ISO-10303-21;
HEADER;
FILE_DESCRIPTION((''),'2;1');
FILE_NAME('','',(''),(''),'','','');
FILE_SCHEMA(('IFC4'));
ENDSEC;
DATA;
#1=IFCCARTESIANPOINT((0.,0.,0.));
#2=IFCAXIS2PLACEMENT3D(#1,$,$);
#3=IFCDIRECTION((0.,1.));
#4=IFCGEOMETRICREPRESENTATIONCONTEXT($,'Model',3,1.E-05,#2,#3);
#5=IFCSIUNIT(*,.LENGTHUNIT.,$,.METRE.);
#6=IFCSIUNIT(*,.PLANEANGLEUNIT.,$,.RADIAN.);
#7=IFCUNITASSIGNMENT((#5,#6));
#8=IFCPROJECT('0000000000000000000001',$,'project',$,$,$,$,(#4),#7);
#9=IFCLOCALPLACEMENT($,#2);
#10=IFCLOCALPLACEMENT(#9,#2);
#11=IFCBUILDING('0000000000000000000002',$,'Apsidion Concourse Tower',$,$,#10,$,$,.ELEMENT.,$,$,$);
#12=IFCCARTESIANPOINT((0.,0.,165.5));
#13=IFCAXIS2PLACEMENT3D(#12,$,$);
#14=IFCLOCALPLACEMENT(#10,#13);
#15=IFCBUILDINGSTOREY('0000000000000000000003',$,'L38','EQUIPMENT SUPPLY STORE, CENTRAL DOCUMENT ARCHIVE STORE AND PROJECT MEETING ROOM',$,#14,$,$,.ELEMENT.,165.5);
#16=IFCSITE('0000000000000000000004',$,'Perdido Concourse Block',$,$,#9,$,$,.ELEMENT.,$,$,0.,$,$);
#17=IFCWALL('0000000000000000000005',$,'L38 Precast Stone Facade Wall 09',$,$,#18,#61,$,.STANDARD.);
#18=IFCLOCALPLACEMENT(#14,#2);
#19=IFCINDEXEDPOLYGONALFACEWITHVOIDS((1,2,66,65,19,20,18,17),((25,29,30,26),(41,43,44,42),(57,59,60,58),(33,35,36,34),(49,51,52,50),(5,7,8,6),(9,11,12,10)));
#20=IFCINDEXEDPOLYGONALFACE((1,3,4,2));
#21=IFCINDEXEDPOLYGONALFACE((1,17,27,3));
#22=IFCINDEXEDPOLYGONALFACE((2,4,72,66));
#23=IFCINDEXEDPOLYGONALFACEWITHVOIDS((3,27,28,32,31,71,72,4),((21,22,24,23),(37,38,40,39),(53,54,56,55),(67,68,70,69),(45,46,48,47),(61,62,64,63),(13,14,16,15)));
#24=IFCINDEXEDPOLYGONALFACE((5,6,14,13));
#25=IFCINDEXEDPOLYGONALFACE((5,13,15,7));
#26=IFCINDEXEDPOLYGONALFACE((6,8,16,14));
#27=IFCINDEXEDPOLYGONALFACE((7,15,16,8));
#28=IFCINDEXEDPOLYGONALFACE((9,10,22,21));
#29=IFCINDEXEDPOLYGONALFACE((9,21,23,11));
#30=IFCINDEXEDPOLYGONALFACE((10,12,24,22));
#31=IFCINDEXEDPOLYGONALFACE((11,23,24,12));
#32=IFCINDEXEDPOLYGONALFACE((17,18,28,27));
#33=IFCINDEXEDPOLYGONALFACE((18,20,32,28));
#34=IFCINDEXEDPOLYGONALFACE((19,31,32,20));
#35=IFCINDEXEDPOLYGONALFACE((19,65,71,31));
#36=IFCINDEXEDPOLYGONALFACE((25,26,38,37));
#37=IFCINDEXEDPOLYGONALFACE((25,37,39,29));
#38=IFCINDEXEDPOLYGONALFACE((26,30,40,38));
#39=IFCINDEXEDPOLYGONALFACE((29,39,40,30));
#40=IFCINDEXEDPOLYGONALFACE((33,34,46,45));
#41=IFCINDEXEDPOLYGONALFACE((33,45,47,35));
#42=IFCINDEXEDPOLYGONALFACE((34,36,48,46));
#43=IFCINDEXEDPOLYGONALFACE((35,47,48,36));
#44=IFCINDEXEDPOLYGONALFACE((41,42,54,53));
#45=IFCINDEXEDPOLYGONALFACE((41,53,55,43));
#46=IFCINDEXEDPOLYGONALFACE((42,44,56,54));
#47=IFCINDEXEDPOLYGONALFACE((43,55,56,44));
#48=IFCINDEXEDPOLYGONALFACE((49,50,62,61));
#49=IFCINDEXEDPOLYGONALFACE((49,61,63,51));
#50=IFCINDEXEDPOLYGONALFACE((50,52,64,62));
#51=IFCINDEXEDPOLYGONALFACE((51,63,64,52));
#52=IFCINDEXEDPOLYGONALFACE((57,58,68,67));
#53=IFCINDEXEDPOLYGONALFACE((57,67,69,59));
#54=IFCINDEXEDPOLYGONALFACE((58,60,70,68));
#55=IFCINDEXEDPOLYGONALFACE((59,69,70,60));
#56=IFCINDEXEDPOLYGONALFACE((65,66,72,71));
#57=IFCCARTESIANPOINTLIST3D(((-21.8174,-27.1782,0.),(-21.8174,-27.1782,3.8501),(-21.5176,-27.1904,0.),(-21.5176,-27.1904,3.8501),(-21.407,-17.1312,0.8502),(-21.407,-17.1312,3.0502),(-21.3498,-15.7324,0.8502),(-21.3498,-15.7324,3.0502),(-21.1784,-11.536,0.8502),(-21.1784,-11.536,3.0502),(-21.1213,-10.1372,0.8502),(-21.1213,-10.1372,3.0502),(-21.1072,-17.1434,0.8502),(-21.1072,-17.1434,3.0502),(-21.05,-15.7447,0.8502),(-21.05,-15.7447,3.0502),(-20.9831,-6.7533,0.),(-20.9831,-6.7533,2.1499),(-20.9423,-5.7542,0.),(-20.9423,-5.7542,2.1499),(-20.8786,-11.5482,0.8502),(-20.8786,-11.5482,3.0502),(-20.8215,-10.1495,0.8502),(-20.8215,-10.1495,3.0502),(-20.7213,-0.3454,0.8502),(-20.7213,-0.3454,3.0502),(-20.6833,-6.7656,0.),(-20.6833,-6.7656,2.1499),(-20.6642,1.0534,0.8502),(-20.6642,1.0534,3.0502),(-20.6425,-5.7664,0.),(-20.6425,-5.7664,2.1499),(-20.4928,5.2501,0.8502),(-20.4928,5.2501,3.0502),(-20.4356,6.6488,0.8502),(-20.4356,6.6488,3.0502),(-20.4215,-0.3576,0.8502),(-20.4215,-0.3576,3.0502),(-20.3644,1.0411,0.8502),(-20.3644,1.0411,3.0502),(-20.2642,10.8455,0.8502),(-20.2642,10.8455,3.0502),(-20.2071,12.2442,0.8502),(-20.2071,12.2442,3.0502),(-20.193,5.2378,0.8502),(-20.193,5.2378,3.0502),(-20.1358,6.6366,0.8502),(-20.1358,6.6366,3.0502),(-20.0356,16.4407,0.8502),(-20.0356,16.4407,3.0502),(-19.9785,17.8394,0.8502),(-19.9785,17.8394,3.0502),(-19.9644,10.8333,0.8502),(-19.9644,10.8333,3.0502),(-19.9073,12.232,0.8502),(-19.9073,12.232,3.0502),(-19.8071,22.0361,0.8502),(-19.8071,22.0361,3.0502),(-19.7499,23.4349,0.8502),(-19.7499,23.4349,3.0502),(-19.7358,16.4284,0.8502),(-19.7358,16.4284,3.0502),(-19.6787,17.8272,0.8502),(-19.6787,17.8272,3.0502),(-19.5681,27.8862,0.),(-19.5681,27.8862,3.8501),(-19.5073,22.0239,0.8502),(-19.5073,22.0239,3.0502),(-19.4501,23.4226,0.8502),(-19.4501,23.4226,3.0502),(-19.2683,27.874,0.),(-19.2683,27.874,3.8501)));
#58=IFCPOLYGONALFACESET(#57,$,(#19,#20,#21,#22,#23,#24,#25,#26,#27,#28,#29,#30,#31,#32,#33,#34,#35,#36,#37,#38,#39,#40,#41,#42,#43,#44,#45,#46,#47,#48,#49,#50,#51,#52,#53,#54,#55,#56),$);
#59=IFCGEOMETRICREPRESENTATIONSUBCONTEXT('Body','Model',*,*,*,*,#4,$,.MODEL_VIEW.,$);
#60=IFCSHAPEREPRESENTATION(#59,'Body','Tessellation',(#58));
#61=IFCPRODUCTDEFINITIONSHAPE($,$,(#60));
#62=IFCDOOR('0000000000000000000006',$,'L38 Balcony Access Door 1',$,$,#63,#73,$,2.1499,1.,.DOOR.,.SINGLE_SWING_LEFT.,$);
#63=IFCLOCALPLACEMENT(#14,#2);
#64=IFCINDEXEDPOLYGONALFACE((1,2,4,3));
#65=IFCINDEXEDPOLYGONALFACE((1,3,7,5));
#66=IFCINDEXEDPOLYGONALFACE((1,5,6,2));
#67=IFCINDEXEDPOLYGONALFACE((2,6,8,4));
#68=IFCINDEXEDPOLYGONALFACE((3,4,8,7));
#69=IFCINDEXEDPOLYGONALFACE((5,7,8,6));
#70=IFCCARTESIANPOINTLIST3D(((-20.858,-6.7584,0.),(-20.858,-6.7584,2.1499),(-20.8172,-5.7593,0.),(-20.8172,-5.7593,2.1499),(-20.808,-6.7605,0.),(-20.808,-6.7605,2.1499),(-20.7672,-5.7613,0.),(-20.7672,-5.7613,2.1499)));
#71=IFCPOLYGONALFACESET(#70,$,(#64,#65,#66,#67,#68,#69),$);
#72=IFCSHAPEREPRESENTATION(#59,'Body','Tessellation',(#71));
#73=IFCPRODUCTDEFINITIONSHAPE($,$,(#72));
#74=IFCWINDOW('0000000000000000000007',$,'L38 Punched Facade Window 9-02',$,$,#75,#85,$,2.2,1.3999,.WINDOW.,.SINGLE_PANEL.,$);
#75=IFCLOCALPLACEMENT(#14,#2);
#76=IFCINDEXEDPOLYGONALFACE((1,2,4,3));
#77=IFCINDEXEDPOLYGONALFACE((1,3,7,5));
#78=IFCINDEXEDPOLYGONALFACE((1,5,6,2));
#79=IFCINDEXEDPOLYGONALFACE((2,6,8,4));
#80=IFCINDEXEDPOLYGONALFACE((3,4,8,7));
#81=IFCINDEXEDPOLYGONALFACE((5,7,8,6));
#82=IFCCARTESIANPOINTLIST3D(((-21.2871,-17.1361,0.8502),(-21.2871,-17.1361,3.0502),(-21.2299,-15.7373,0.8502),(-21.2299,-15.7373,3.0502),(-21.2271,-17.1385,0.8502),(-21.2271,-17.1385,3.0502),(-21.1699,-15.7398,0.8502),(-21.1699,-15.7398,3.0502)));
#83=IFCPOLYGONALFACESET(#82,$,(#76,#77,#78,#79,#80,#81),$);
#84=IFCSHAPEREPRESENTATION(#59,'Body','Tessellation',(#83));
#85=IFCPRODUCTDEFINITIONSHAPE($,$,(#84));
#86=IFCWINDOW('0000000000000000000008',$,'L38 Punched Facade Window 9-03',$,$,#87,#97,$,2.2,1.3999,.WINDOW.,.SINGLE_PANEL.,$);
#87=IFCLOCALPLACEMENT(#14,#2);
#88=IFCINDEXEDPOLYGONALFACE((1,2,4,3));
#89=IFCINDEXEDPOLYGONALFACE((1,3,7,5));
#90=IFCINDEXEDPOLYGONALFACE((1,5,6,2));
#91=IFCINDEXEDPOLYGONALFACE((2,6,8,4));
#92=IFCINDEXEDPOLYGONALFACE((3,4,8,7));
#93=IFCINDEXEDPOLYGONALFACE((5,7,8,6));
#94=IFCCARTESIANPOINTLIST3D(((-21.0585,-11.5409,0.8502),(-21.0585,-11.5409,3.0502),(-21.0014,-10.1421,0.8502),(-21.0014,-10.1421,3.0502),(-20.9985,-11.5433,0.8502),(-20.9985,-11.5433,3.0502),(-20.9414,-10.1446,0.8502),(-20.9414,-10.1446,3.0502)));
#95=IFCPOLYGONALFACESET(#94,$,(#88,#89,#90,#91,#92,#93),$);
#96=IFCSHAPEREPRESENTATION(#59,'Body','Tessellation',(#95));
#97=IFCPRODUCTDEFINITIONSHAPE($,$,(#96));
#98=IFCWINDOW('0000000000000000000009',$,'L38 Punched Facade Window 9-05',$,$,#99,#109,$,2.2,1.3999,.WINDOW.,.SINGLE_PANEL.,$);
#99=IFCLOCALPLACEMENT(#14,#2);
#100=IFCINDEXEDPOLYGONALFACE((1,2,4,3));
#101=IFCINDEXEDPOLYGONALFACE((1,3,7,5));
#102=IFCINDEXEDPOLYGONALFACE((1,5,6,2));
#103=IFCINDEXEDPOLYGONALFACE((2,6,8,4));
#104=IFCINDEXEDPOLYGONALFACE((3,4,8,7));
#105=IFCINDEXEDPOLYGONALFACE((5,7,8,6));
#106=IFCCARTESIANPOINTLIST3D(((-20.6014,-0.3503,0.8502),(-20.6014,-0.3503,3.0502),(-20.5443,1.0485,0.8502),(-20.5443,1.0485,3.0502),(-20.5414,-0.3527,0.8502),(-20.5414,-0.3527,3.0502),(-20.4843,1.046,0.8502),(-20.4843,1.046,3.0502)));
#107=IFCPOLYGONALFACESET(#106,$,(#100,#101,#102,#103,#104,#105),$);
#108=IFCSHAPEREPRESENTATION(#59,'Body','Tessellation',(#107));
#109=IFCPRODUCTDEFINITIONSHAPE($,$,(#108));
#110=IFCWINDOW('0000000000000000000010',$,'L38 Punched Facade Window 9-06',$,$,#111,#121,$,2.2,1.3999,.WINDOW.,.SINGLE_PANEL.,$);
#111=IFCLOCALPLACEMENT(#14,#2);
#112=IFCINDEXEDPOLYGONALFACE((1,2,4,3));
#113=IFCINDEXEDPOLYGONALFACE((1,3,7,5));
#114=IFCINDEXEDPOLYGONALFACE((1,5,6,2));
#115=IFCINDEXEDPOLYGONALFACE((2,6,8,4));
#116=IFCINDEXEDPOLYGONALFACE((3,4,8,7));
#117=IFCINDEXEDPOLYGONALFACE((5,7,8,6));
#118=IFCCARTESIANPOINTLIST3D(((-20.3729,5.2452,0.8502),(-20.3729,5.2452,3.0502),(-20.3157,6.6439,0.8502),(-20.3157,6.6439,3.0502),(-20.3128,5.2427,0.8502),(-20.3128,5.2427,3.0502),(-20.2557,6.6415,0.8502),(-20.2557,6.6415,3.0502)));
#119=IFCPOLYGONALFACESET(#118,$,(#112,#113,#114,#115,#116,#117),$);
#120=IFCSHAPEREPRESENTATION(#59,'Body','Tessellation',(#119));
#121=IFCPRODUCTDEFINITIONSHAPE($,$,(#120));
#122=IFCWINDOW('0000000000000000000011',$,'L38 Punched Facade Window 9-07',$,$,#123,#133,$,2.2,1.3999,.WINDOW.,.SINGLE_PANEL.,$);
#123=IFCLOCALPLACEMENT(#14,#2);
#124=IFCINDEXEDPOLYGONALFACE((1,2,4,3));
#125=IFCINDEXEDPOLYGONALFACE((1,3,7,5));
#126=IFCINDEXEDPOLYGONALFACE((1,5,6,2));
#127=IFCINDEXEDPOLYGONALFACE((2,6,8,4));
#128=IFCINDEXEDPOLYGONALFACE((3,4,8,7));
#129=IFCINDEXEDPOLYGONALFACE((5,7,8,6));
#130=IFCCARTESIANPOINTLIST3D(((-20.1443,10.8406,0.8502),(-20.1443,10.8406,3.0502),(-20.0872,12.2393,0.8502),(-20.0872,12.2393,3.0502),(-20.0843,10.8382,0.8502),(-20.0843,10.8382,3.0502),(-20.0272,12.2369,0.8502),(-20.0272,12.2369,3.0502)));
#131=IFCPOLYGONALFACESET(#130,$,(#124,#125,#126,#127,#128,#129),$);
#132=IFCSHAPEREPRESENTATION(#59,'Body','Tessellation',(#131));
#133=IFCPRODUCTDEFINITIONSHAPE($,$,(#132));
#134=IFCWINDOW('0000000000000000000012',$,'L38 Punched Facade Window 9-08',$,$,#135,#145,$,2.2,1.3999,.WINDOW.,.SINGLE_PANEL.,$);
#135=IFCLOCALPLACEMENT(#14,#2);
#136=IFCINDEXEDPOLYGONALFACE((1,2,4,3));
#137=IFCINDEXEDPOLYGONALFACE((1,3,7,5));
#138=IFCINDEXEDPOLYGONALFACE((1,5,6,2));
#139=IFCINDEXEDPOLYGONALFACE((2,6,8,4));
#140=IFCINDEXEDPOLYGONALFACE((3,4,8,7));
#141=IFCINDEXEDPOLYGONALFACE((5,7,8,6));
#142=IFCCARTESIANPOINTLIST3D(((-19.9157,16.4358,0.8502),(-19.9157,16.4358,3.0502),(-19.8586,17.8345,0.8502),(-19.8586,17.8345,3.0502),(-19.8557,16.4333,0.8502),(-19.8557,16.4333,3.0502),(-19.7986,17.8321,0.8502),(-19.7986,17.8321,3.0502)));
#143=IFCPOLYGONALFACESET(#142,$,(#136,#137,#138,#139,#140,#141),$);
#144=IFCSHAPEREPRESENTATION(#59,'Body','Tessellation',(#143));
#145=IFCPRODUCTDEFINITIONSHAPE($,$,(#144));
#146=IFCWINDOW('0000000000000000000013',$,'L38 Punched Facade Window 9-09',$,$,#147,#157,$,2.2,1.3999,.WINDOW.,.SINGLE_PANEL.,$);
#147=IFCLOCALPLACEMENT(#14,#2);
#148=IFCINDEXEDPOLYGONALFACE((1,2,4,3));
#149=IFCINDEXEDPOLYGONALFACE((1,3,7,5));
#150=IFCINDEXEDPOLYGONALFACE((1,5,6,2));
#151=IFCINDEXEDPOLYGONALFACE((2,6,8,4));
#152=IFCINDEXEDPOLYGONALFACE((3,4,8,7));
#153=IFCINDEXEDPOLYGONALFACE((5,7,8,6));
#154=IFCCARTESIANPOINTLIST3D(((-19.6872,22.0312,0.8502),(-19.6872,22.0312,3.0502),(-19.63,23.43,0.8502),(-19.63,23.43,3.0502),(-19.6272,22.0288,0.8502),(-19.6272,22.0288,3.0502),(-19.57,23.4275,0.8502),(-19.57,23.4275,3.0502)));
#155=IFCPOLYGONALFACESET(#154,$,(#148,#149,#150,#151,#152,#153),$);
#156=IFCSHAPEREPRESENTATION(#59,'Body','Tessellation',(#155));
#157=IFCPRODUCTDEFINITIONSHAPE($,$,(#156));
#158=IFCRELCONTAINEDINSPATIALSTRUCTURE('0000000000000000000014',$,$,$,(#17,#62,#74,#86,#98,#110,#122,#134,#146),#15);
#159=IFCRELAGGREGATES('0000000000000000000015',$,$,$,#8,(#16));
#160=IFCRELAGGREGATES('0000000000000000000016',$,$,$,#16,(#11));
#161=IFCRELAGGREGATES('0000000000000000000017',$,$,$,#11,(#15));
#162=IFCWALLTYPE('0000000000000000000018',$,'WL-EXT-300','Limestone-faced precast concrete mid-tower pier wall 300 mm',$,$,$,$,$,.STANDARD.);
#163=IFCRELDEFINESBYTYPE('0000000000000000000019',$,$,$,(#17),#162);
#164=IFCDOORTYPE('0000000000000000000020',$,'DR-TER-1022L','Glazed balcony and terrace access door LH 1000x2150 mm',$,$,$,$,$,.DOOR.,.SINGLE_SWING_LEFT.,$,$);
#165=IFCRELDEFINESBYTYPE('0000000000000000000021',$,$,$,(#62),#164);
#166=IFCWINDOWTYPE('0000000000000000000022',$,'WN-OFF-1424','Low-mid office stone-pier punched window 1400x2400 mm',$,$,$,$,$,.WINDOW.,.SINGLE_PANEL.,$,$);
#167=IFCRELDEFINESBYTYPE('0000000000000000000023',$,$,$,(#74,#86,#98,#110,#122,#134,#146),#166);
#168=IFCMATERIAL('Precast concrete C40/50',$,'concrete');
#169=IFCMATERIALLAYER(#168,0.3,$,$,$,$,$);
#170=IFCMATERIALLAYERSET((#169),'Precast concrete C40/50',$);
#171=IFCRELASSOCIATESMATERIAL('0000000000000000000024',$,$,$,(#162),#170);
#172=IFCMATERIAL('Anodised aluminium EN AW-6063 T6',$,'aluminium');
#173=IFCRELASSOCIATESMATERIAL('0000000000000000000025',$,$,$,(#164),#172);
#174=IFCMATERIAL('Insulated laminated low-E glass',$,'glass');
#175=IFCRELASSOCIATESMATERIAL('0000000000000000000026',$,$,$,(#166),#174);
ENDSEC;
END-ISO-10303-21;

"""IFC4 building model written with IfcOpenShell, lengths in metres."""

from ifc_helpers import new_model, si_unit, direction, frame, frame_2d, origin, place, context, subcontext, project, spatial, rectangle, extrude, material, layer, layer_set, type_object, element, fill, save


model = new_model("IFC4")

# Units and contexts
model_context = context("Model", 3, precision=1e-05, world=origin(), true_north=direction((0.0, 1.0)))
body_context = subcontext(model_context, "Body", "Model", "MODEL_VIEW")
ifc_project = project(units=[si_unit("LENGTHUNIT", "METRE"), si_unit("PLANEANGLEUNIT", "RADIAN")], contexts=[model_context])

# Site, building, storey
site_placement = place(None, origin())
site = spatial("IfcSite", under=ifc_project, at=site_placement, Name="Perdido Concourse Block", CompositionType="ELEMENT", RefElevation=0.0)
building_placement = place(site_placement, origin())
building = spatial("IfcBuilding", under=site, at=building_placement, Name="Apsidion Concourse Tower", CompositionType="ELEMENT")
storey_placement = place(building_placement, frame((0.0, 0.0, 165.5)))
storey = spatial("IfcBuildingStorey", under=building, at=storey_placement, Name="L38", Description="EQUIPMENT SUPPLY STORE, CENTRAL DOCUMENT ARCHIVE STORE AND PROJECT MEETING ROOM", CompositionType="ELEMENT", Elevation=165.5)

# Shared definitions
ifc_material_1 = material(Name="Precast concrete C40/50", Category="concrete")
ifc_layer_1 = layer(ifc_material_1, 0.3)
ifc_layer_set_1 = layer_set([ifc_layer_1], Name="Precast concrete C40/50")
wall_type_1 = type_object("IfcWallType", Name="WL-EXT-300", Description="Limestone-faced precast concrete mid-tower pier wall 300 mm", PredefinedType="STANDARD", material=ifc_layer_set_1)

# Wall, openings, door, windows
wall_1_placement = place(storey_placement, frame((-21.6675, -27.1843, 0.0), z_axis=(0.0, 0.0, 1.0), x_axis=(0.040814, 0.999167, 0.0)))
wall_1 = element("IfcWall", 1, at=wall_1_placement, inside=storey, type_object=wall_type_1, Name="L38 Precast Stone Facade Wall 09", PredefinedType="STANDARD", context=body_context, shape_type="SweptSolid", body=[
    extrude(rectangle(XDim=55.1104, YDim=0.3, at=frame_2d((27.5552, 0.0))), origin(), (0.0, 0.0, 1.0), 3.8501),
])
opening_1_placement = place(wall_1_placement, frame((20.4419, 0.0, 0.0)))
opening_1 = element("IfcOpeningElement", 2, at=opening_1_placement, cuts=wall_1, PredefinedType="OPENING", context=body_context, shape_type="SweptSolid", body=[
    extrude(rectangle(XDim=1.0, YDim=2.1499, at=frame_2d((0.5, 1.075))), frame((0.0, 0.1602, 0.0), z_axis=(0.0, -1.0, 0.0), x_axis=(1.0, 0.0, 0.0)), (0.0, 0.0, 1.0), 0.3201),
])
opening_2_placement = place(wall_1_placement, frame((10.0554, 0.0, 0.8501)))
opening_2 = element("IfcOpeningElement", 3, at=opening_2_placement, cuts=wall_1, PredefinedType="OPENING", context=body_context, shape_type="SweptSolid", body=[
    extrude(rectangle(XDim=1.3999, YDim=2.2, at=frame_2d((0.7, 1.1001))), frame((0.0, 0.1602, 0.0), z_axis=(0.0, -1.0, 0.0), x_axis=(1.0, 0.0, 0.0)), (0.0, 0.0, 1.0), 0.3201),
])
opening_3_placement = place(wall_1_placement, frame((15.6553, 0.0, 0.8501)))
opening_3 = element("IfcOpeningElement", 4, at=opening_3_placement, cuts=wall_1, PredefinedType="OPENING", context=body_context, shape_type="SweptSolid", body=[
    extrude(rectangle(XDim=1.3999, YDim=2.2, at=frame_2d((0.7, 1.1001))), frame((0.0, 0.1602, 0.0), z_axis=(0.0, -1.0, 0.0), x_axis=(1.0, 0.0, 0.0)), (0.0, 0.0, 1.0), 0.3201),
])
opening_4_placement = place(wall_1_placement, frame((26.8552, 0.0, 0.8501)))
opening_4 = element("IfcOpeningElement", 5, at=opening_4_placement, cuts=wall_1, PredefinedType="OPENING", context=body_context, shape_type="SweptSolid", body=[
    extrude(rectangle(XDim=1.3999, YDim=2.2, at=frame_2d((0.7, 1.1001))), frame((0.0, 0.1602, 0.0), z_axis=(0.0, -1.0, 0.0), x_axis=(1.0, 0.0, 0.0)), (0.0, 0.0, 1.0), 0.3201),
])
opening_5_placement = place(wall_1_placement, frame((32.4553, 0.0, 0.8501)))
opening_5 = element("IfcOpeningElement", 6, at=opening_5_placement, cuts=wall_1, PredefinedType="OPENING", context=body_context, shape_type="SweptSolid", body=[
    extrude(rectangle(XDim=1.3999, YDim=2.2, at=frame_2d((0.7, 1.1001))), frame((0.0, 0.1602, 0.0), z_axis=(0.0, -1.0, 0.0), x_axis=(1.0, 0.0, 0.0)), (0.0, 0.0, 1.0), 0.3201),
])
opening_6_placement = place(wall_1_placement, frame((38.0554, 0.0, 0.8501)))
opening_6 = element("IfcOpeningElement", 7, at=opening_6_placement, cuts=wall_1, PredefinedType="OPENING", context=body_context, shape_type="SweptSolid", body=[
    extrude(rectangle(XDim=1.3999, YDim=2.2, at=frame_2d((0.7, 1.1001))), frame((0.0, 0.1602, 0.0), z_axis=(0.0, -1.0, 0.0), x_axis=(1.0, 0.0, 0.0)), (0.0, 0.0, 1.0), 0.3201),
])
opening_7_placement = place(wall_1_placement, frame((43.6553, 0.0, 0.8501)))
opening_7 = element("IfcOpeningElement", 8, at=opening_7_placement, cuts=wall_1, PredefinedType="OPENING", context=body_context, shape_type="SweptSolid", body=[
    extrude(rectangle(XDim=1.3999, YDim=2.2, at=frame_2d((0.7, 1.1001))), frame((0.0, 0.1602, 0.0), z_axis=(0.0, -1.0, 0.0), x_axis=(1.0, 0.0, 0.0)), (0.0, 0.0, 1.0), 0.3201),
])
opening_8_placement = place(wall_1_placement, frame((49.2554, 0.0, 0.8501)))
opening_8 = element("IfcOpeningElement", 9, at=opening_8_placement, cuts=wall_1, PredefinedType="OPENING", context=body_context, shape_type="SweptSolid", body=[
    extrude(rectangle(XDim=1.3999, YDim=2.2, at=frame_2d((0.7, 1.1001))), frame((0.0, 0.1602, 0.0), z_axis=(0.0, -1.0, 0.0), x_axis=(1.0, 0.0, 0.0)), (0.0, 0.0, 1.0), 0.3201),
])
ifc_material_2 = material(Name="Anodised aluminium EN AW-6063 T6", Category="aluminium")
door_type_1 = type_object("IfcDoorType", Name="DR-TER-1022L", Description="Glazed balcony and terrace access door LH 1000x2150 mm", OperationType="SINGLE_SWING_LEFT", PredefinedType="DOOR", material=ifc_material_2)
door_1_placement = place(opening_1_placement, origin())
door_1 = element("IfcDoor", 10, at=door_1_placement, inside=storey, type_object=door_type_1, Name="L38 Balcony Access Door 1", OperationType="SINGLE_SWING_LEFT", OverallHeight=2.1499, OverallWidth=1.0, PredefinedType="DOOR", context=body_context, shape_type="SweptSolid", body=[
    extrude(rectangle(XDim=1.0, YDim=2.1499, at=frame_2d((0.5, 1.075))), frame((0.0, 0.0249, 0.0), z_axis=(0.0, -1.0, 0.0), x_axis=(1.0, 0.0, 0.0)), (0.0, 0.0, 1.0), 0.05),
])
fill(opening_1, door_1)
ifc_material_3 = material(Name="Insulated laminated low-E glass", Category="glass")
window_type = type_object("IfcWindowType", Name="WN-OFF-1424", Description="Low-mid office stone-pier punched window 1400x2400 mm", PartitioningType="SINGLE_PANEL", PredefinedType="WINDOW", material=ifc_material_3)
window_1_placement = place(opening_2_placement, origin())
window_1 = element("IfcWindow", 11, at=window_1_placement, inside=storey, type_object=window_type, Name="L38 Punched Facade Window 9-02", OverallHeight=2.2, OverallWidth=1.3999, PartitioningType="SINGLE_PANEL", PredefinedType="WINDOW", context=body_context, shape_type="SweptSolid", body=[
    extrude(rectangle(XDim=1.3999, YDim=2.2, at=frame_2d((0.7, 1.1001))), frame((0.0, 0.03, 0.0), z_axis=(0.0, -1.0, 0.0), x_axis=(1.0, 0.0, 0.0)), (0.0, 0.0, 1.0), 0.0601),
])
fill(opening_2, window_1)
window_2_placement = place(opening_3_placement, origin())
window_2 = element("IfcWindow", 12, at=window_2_placement, inside=storey, type_object=window_type, Name="L38 Punched Facade Window 9-03", OverallHeight=2.2, OverallWidth=1.3999, PartitioningType="SINGLE_PANEL", PredefinedType="WINDOW", context=body_context, shape_type="SweptSolid", body=[
    extrude(rectangle(XDim=1.3999, YDim=2.2, at=frame_2d((0.7, 1.1001))), frame((0.0, 0.03, 0.0), z_axis=(0.0, -1.0, 0.0), x_axis=(1.0, 0.0, 0.0)), (0.0, 0.0, 1.0), 0.0601),
])
fill(opening_3, window_2)
window_3_placement = place(opening_4_placement, origin())
window_3 = element("IfcWindow", 13, at=window_3_placement, inside=storey, type_object=window_type, Name="L38 Punched Facade Window 9-05", OverallHeight=2.2, OverallWidth=1.3999, PartitioningType="SINGLE_PANEL", PredefinedType="WINDOW", context=body_context, shape_type="SweptSolid", body=[
    extrude(rectangle(XDim=1.3999, YDim=2.2, at=frame_2d((0.7, 1.1001))), frame((0.0, 0.03, 0.0), z_axis=(0.0, -1.0, 0.0), x_axis=(1.0, 0.0, 0.0)), (0.0, 0.0, 1.0), 0.0601),
])
fill(opening_4, window_3)
window_4_placement = place(opening_5_placement, origin())
window_4 = element("IfcWindow", 14, at=window_4_placement, inside=storey, type_object=window_type, Name="L38 Punched Facade Window 9-06", OverallHeight=2.2, OverallWidth=1.3999, PartitioningType="SINGLE_PANEL", PredefinedType="WINDOW", context=body_context, shape_type="SweptSolid", body=[
    extrude(rectangle(XDim=1.3999, YDim=2.2, at=frame_2d((0.7, 1.1001))), frame((0.0, 0.03, 0.0), z_axis=(0.0, -1.0, 0.0), x_axis=(1.0, 0.0, 0.0)), (0.0, 0.0, 1.0), 0.0601),
])
fill(opening_5, window_4)
window_5_placement = place(opening_6_placement, origin())
window_5 = element("IfcWindow", 15, at=window_5_placement, inside=storey, type_object=window_type, Name="L38 Punched Facade Window 9-07", OverallHeight=2.2, OverallWidth=1.3999, PartitioningType="SINGLE_PANEL", PredefinedType="WINDOW", context=body_context, shape_type="SweptSolid", body=[
    extrude(rectangle(XDim=1.3999, YDim=2.2, at=frame_2d((0.7, 1.1001))), frame((0.0, 0.03, 0.0), z_axis=(0.0, -1.0, 0.0), x_axis=(1.0, 0.0, 0.0)), (0.0, 0.0, 1.0), 0.0601),
])
fill(opening_6, window_5)
window_6_placement = place(opening_7_placement, origin())
window_6 = element("IfcWindow", 16, at=window_6_placement, inside=storey, type_object=window_type, Name="L38 Punched Facade Window 9-08", OverallHeight=2.2, OverallWidth=1.3999, PartitioningType="SINGLE_PANEL", PredefinedType="WINDOW", context=body_context, shape_type="SweptSolid", body=[
    extrude(rectangle(XDim=1.3999, YDim=2.2, at=frame_2d((0.7, 1.1001))), frame((0.0, 0.03, 0.0), z_axis=(0.0, -1.0, 0.0), x_axis=(1.0, 0.0, 0.0)), (0.0, 0.0, 1.0), 0.0601),
])
fill(opening_7, window_6)
window_7_placement = place(opening_8_placement, origin())
window_7 = element("IfcWindow", 17, at=window_7_placement, inside=storey, type_object=window_type, Name="L38 Punched Facade Window 9-09", OverallHeight=2.2, OverallWidth=1.3999, PartitioningType="SINGLE_PANEL", PredefinedType="WINDOW", context=body_context, shape_type="SweptSolid", body=[
    extrude(rectangle(XDim=1.3999, YDim=2.2, at=frame_2d((0.7, 1.1001))), frame((0.0, 0.03, 0.0), z_axis=(0.0, -1.0, 0.0), x_axis=(1.0, 0.0, 0.0)), (0.0, 0.0, 1.0), 0.0601),
])
fill(opening_8, window_7)

save(model, "model.ifc")
